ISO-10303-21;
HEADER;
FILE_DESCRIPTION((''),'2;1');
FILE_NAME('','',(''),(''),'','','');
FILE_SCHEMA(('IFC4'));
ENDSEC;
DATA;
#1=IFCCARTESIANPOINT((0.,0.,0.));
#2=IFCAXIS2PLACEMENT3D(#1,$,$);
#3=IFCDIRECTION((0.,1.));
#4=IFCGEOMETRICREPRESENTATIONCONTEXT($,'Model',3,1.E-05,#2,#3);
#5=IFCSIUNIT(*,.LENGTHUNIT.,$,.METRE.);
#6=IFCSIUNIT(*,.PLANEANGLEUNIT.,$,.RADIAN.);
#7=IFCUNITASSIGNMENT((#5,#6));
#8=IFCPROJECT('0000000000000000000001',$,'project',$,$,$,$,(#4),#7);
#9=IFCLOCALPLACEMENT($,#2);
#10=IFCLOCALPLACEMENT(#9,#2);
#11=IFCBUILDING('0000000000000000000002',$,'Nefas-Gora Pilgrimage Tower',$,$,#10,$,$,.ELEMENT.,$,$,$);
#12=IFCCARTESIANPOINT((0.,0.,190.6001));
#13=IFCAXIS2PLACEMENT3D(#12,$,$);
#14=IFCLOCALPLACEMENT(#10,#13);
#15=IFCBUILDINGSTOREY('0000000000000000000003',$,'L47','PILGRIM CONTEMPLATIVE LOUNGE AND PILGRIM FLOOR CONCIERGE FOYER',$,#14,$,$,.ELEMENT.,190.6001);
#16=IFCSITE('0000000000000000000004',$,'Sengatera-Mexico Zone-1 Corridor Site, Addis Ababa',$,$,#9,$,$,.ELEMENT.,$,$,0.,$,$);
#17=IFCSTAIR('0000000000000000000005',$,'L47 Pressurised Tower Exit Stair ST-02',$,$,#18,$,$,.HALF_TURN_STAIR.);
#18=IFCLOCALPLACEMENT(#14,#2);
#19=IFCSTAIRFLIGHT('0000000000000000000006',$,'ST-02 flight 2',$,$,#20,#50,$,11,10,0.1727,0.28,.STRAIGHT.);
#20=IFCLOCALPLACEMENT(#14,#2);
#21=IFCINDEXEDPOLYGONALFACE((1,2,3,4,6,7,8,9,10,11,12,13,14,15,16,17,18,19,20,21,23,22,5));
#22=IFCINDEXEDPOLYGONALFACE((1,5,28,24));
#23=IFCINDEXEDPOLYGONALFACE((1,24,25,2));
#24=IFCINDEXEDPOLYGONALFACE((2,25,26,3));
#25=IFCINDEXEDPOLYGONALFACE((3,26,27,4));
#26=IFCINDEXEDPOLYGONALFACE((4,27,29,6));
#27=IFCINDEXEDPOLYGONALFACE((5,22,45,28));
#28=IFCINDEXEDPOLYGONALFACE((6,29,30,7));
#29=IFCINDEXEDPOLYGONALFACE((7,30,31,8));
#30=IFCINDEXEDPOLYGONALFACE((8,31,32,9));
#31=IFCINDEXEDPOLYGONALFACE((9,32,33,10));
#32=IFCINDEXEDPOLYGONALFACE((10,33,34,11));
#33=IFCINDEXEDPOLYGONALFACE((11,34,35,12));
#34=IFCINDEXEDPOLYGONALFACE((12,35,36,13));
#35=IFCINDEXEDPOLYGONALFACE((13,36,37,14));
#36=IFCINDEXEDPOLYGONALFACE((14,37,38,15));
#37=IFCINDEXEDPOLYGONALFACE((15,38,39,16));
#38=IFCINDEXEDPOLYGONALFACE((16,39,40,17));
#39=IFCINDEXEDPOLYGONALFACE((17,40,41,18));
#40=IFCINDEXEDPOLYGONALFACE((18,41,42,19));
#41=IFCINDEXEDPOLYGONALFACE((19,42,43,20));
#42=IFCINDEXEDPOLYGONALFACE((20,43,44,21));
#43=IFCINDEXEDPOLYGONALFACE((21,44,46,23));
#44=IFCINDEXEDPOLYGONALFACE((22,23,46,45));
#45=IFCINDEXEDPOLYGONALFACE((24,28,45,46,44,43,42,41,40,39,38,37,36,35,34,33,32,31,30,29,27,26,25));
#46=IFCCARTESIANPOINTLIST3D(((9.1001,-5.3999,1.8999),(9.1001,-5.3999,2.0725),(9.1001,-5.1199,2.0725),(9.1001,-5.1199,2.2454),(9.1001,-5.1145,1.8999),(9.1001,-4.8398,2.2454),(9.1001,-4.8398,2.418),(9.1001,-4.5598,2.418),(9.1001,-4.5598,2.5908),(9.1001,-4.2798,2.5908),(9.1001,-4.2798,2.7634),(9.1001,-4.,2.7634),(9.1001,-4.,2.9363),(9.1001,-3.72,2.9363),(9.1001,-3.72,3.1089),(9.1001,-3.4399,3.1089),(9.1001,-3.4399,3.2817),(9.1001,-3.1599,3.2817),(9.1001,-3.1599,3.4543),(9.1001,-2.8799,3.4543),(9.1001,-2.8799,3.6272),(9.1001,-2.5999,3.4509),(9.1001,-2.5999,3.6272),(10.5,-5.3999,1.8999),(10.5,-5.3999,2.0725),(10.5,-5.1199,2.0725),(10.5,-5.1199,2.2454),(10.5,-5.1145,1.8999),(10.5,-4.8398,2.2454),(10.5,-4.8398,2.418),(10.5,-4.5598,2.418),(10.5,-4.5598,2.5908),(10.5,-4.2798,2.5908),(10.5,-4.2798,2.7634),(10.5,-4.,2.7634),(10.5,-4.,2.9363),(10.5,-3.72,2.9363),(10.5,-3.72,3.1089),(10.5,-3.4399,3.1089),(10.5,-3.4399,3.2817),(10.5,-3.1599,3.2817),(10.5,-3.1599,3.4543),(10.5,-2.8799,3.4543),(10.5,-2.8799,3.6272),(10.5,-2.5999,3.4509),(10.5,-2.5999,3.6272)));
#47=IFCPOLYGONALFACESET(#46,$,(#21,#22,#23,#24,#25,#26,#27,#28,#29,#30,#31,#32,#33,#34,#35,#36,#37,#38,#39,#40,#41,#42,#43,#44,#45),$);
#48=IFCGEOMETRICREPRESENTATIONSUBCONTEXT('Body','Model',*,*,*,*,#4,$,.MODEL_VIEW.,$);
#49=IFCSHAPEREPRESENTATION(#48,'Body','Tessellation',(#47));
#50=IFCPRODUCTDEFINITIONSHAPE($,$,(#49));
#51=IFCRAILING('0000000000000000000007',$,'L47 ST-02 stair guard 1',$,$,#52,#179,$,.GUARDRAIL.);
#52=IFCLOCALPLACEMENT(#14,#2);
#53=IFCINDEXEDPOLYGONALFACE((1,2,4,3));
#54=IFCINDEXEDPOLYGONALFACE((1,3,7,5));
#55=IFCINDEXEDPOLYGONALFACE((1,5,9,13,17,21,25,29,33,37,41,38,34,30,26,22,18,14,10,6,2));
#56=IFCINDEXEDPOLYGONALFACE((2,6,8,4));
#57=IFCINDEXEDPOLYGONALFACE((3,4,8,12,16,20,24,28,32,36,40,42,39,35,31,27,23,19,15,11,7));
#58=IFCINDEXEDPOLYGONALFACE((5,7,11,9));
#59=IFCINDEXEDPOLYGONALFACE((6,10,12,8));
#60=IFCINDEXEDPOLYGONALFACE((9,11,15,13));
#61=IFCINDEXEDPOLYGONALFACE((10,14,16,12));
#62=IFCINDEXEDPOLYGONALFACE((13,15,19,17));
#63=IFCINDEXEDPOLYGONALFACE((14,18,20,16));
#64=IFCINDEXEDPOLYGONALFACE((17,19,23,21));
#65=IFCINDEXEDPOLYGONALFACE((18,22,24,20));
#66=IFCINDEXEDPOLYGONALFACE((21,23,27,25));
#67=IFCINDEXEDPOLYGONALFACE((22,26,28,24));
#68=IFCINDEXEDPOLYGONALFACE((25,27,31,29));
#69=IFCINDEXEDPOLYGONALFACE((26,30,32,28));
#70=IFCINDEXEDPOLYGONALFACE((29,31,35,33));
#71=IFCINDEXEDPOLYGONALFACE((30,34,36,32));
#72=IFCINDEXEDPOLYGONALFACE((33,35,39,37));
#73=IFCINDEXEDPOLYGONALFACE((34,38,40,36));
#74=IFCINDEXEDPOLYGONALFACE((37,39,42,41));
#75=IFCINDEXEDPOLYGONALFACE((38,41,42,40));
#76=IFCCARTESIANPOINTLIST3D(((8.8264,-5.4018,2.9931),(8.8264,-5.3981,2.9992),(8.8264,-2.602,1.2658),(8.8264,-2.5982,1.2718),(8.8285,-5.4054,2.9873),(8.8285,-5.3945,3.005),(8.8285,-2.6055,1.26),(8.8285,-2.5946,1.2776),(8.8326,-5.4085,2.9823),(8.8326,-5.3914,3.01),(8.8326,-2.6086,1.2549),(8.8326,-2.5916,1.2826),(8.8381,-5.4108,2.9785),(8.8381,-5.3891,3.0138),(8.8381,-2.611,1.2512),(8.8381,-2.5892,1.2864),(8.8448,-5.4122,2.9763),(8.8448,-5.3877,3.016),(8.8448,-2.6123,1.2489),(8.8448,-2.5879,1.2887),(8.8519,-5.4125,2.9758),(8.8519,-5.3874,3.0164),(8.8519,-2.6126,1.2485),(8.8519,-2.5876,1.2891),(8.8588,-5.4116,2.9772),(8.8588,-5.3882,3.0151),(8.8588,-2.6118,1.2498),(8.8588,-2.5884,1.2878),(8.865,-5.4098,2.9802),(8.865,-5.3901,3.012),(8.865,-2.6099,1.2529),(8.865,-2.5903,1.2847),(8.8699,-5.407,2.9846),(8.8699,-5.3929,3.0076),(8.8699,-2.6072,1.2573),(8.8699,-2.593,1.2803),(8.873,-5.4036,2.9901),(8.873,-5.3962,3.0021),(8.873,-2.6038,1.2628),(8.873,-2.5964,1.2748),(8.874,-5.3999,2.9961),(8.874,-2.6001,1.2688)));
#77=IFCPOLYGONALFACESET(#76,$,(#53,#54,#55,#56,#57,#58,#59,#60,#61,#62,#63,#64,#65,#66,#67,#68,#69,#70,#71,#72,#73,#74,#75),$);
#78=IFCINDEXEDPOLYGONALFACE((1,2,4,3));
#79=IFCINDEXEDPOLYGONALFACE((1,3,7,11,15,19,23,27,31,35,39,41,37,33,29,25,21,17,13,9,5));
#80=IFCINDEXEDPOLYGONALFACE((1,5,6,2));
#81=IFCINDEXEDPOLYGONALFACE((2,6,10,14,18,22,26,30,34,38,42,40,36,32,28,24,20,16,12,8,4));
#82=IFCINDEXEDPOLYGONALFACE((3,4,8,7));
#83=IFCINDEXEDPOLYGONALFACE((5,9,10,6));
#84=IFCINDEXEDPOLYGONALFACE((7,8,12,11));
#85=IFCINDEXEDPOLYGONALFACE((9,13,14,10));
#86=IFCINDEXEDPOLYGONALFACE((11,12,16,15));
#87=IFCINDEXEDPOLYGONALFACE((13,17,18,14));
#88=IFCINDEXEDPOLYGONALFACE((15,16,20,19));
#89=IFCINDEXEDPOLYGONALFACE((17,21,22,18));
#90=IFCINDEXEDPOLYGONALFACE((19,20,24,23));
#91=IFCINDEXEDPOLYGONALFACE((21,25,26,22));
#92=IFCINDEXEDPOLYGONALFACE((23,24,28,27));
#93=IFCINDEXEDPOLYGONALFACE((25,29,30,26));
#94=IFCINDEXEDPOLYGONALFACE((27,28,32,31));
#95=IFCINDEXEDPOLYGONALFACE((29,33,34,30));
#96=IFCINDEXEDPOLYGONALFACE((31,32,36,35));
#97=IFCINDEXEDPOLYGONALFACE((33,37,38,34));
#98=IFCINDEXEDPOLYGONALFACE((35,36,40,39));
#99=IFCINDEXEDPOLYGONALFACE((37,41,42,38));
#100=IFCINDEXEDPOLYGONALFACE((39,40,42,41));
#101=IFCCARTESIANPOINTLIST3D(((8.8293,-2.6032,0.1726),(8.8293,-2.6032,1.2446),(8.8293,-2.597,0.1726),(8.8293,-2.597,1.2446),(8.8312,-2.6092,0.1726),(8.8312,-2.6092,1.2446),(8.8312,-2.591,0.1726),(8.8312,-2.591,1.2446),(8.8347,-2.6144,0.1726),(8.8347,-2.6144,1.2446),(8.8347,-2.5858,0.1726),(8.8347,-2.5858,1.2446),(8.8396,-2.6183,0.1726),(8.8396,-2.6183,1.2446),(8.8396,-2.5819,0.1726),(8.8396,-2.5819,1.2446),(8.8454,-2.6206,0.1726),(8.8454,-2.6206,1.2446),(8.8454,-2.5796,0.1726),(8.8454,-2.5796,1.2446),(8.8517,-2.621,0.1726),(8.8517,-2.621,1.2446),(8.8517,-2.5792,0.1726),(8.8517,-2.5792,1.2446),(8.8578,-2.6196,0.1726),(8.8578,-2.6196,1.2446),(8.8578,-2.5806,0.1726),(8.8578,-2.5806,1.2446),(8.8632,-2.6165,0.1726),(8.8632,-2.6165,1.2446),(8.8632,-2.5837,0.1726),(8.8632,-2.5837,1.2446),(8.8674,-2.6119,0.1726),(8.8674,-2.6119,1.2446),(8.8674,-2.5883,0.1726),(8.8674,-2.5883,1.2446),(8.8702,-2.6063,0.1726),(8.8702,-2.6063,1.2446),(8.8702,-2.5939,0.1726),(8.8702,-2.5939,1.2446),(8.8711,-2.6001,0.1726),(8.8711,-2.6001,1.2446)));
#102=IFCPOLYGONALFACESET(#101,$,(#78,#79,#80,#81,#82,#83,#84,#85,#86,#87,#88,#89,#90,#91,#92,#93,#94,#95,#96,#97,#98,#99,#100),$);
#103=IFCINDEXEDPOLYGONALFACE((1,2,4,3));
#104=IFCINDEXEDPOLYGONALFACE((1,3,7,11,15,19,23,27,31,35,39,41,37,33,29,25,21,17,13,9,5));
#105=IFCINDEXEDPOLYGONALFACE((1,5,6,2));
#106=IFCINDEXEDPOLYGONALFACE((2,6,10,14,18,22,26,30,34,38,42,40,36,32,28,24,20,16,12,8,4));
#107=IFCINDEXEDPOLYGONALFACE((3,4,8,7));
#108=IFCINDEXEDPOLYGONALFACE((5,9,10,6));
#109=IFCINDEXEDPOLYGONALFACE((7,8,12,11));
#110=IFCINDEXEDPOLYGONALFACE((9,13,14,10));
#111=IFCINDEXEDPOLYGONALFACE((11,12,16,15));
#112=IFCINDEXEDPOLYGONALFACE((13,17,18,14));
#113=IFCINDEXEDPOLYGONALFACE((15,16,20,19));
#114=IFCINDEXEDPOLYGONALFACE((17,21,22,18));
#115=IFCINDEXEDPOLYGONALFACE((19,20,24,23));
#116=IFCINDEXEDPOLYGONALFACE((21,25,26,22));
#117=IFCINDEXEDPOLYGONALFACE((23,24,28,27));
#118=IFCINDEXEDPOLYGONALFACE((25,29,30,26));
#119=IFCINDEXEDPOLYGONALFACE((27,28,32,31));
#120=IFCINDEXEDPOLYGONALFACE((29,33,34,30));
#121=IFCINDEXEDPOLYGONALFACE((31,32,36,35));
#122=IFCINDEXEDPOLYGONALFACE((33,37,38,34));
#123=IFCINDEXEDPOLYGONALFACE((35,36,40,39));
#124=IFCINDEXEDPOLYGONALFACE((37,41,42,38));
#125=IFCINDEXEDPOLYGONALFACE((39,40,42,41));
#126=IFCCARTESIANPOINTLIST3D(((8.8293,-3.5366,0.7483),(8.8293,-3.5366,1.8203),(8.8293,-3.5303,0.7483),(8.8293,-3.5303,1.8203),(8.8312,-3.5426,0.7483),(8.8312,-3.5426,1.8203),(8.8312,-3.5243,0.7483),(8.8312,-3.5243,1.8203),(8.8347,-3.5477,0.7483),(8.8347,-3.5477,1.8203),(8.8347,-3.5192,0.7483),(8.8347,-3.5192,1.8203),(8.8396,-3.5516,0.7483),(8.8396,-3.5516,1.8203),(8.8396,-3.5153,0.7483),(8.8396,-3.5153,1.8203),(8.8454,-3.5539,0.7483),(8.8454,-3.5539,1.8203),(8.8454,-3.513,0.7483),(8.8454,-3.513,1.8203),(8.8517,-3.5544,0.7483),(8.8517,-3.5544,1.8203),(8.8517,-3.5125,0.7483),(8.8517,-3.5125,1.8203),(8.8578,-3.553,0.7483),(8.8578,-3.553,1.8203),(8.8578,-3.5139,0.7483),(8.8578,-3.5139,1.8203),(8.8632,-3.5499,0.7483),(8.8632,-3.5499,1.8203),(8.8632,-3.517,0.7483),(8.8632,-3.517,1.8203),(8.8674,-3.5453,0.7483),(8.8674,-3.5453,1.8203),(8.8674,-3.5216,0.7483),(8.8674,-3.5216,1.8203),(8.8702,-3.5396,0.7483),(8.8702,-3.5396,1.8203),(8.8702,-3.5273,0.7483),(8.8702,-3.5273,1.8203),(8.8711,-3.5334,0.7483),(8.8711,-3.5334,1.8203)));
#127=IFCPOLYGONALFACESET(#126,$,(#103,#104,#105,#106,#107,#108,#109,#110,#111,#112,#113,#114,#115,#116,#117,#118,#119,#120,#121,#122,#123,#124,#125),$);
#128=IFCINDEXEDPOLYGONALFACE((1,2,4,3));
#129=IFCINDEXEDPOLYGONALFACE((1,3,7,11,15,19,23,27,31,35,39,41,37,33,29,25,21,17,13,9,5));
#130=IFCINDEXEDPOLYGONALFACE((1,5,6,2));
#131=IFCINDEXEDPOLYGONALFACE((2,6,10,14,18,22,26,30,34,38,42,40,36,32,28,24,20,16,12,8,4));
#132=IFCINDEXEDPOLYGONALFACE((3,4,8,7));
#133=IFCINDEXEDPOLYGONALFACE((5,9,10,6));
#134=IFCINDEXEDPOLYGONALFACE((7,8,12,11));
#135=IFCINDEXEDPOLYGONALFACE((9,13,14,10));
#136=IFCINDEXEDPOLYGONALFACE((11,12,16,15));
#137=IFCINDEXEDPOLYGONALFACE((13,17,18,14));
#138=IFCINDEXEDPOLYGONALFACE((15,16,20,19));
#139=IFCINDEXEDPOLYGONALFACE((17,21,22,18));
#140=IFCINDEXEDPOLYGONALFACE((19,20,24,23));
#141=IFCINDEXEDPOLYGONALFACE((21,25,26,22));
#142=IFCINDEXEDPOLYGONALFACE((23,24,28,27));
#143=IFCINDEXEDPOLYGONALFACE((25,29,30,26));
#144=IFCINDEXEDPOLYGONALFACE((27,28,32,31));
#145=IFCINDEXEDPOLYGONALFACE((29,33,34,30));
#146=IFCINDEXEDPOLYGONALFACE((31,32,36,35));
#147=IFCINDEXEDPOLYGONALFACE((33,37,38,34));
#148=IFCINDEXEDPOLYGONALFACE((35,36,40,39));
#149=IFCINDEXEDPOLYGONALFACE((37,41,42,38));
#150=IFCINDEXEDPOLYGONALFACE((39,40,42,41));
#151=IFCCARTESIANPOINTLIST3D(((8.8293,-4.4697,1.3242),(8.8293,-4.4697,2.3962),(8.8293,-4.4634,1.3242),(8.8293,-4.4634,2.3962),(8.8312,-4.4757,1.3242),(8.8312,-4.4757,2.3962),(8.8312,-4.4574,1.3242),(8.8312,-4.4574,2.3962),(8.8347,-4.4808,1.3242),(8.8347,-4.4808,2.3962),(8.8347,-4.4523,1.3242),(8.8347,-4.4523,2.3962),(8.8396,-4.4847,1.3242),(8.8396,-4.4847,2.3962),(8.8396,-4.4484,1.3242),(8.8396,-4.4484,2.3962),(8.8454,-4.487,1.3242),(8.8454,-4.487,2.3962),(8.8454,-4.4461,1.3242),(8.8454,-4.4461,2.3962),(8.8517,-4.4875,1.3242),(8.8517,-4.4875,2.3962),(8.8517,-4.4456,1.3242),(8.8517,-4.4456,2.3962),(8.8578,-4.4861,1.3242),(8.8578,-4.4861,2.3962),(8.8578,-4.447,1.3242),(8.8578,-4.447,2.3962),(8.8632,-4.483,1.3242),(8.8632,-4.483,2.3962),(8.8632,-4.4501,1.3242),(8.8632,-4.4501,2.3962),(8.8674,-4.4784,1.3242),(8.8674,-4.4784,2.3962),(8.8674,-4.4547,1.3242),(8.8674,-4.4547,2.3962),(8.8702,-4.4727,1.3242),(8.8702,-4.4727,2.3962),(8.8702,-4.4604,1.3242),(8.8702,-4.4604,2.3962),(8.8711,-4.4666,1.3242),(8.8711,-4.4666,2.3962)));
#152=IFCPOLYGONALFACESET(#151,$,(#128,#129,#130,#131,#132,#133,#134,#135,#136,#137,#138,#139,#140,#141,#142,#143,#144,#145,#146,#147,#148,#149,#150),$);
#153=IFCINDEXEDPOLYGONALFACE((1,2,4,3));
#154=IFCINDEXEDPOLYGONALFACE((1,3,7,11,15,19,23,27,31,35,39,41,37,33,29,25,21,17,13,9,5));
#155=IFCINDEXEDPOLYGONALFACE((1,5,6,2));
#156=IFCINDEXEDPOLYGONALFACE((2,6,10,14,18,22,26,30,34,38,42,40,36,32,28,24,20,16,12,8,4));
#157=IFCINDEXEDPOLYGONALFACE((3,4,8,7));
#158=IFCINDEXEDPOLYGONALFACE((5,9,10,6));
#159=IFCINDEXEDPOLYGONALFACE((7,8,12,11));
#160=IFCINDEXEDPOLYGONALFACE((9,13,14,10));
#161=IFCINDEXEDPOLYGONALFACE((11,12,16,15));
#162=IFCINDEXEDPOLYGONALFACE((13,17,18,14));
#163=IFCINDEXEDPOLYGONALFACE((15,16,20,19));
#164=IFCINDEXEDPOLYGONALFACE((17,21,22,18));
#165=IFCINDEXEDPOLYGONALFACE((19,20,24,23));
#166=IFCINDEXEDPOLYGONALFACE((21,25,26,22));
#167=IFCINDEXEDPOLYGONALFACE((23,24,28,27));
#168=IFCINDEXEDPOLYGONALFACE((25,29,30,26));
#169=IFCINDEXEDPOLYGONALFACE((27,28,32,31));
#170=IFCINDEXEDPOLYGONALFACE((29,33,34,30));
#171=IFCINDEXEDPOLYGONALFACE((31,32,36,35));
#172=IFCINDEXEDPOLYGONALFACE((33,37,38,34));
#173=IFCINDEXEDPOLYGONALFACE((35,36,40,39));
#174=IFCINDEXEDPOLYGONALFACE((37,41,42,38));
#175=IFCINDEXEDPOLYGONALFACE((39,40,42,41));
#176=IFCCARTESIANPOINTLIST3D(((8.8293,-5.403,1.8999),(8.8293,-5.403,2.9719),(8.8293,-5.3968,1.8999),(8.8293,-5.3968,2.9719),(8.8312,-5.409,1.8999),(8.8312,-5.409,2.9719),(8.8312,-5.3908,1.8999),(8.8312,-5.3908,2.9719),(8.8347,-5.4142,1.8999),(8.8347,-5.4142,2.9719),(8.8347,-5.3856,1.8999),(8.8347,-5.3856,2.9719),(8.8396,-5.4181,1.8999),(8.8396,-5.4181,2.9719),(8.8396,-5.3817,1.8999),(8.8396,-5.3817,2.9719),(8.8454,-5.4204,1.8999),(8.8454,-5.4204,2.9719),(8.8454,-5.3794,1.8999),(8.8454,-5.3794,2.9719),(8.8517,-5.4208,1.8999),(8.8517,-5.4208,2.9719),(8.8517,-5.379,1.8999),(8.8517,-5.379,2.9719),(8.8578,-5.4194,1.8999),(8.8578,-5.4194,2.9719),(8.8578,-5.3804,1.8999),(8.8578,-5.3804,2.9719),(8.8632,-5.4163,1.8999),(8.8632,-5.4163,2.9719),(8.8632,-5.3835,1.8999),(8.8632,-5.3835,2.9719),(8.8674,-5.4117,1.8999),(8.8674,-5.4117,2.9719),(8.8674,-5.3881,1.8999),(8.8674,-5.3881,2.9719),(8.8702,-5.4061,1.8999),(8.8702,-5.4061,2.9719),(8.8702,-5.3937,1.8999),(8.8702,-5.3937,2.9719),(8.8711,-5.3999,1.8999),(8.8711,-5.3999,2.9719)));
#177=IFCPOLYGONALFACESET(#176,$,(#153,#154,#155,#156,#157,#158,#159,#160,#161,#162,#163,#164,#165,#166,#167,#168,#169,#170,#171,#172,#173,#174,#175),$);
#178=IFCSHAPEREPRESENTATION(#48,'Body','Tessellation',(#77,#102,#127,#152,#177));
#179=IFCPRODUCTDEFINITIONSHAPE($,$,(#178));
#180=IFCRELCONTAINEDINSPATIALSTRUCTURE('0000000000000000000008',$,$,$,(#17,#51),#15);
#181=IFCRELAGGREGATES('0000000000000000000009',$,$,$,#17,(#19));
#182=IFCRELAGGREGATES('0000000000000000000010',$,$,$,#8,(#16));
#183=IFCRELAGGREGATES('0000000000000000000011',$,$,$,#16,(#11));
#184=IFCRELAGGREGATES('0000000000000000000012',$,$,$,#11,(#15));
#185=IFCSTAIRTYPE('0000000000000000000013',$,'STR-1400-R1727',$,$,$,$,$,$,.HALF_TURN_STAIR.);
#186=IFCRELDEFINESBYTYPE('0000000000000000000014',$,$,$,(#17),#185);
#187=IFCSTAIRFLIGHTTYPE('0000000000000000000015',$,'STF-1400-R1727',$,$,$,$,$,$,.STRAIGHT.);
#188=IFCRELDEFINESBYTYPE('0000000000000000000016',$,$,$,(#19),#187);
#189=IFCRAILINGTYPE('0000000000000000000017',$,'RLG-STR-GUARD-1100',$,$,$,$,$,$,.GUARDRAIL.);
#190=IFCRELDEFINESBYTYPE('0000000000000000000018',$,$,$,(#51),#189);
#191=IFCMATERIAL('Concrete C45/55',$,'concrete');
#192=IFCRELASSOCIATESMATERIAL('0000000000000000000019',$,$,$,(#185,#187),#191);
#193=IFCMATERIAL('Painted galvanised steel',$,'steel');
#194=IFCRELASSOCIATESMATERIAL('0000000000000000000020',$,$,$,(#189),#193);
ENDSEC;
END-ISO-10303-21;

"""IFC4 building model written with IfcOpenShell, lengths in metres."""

from ifc_helpers import new_model, si_unit, direction, frame, origin, origin_2d, place, context, subcontext, project, spatial, polyline, circle, outline, extrude, source, transform, mapped, material, type_object, element, aggregate, save


model = new_model("IFC4")

# Units and contexts
model_context = context("Model", 3, precision=1e-05, world=origin(), true_north=direction((0.0, 1.0)))
body_context = subcontext(model_context, "Body", "Model", "MODEL_VIEW")
ifc_project = project(units=[si_unit("LENGTHUNIT", "METRE"), si_unit("PLANEANGLEUNIT", "RADIAN")], contexts=[model_context])

# Site, building, storey
site_placement = place(None, origin())
site = spatial("IfcSite", under=ifc_project, at=site_placement, Name="Sengatera-Mexico Zone-1 Corridor Site, Addis Ababa", CompositionType="ELEMENT", RefElevation=0.0)
building_placement = place(site_placement, origin())
building = spatial("IfcBuilding", under=site, at=building_placement, Name="Nefas-Gora Pilgrimage Tower", CompositionType="ELEMENT")
storey_placement = place(building_placement, frame((0.0, 0.0, 190.6001)))
storey = spatial("IfcBuildingStorey", under=building, at=storey_placement, Name="L47", Description="PILGRIM CONTEMPLATIVE LOUNGE AND PILGRIM FLOOR CONCIERGE FOYER", CompositionType="ELEMENT", Elevation=190.6001)

# Shared definitions
ifc_material_1 = material(Name="Concrete C45/55", Category="concrete")

# Stair, stair flight
stair_type = type_object("IfcStairType", Name="STR-1400-R1727", PredefinedType="HALF_TURN_STAIR", material=ifc_material_1)
stair_placement = place(storey_placement, origin())
stair = element("IfcStair", 1, at=stair_placement, inside=storey, type_object=stair_type, Name="L47 Pressurised Tower Exit Stair ST-02", PredefinedType="HALF_TURN_STAIR")
stair_flight_type = type_object("IfcStairFlightType", Name="STF-1400-R1727", PredefinedType="STRAIGHT", material=ifc_material_1)
shared_shape_1 = source(origin(), body_context, "Body", "SweptSolid", [
    extrude(outline(polyline([(0.0, 0.0), (0.0, 0.1726), (0.28, 0.1726), (0.28, 0.3455), (0.5601, 0.3455), (0.5601, 0.5181), (0.8401, 0.5181), (0.8401, 0.6909), (1.1201, 0.6909), (1.1201, 0.8635), (1.3999, 0.8635), (1.3999, 1.0364), (1.6799, 1.0364), (1.6799, 1.209), (1.96, 1.209), (1.96, 1.3818), (2.24, 1.3818), (2.24, 1.5544), (2.52, 1.5544), (2.52, 1.7273), (2.8, 1.7273), (2.8, 1.8999), (2.8, 1.551), (0.2854, 0.0), (0.0, 0.0)])), frame((0.0, 0.7, 0.0), z_axis=(0.0, -1.0, 0.0), x_axis=(1.0, 0.0, 0.0)), (0.0, 0.0, 1.0), 1.3999),
])
stair_flight_1_placement = place(storey_placement, frame((9.8, -5.3999, 1.8999), z_axis=(0.0, 0.0, 1.0), x_axis=(0.0, 1.0, 0.0)))
stair_flight_1 = element("IfcStairFlight", 2, at=stair_flight_1_placement, type_object=stair_flight_type, Name="ST-02 flight 2", NumberOfRisers=11, NumberOfTreads=10, PredefinedType="STRAIGHT", RiserHeight=0.1727, TreadLength=0.28, context=body_context, shape_type="MappedRepresentation", body=[
    mapped(shared_shape_1, transform((0.0, 0.0, 0.0), x_axis=(1.0, 0.0, 0.0), y_axis=(0.0, 1.0, 0.0), z_axis=(0.0, 0.0, 1.0), scale=1.0)),
])
aggregate(stair, [stair_flight_1])

# Railing
ifc_material_2 = material(Name="Painted galvanised steel", Category="steel")
railing_type_1 = type_object("IfcRailingType", Name="RLG-STR-GUARD-1100", PredefinedType="GUARDRAIL", material=ifc_material_2)
railing_1_placement = place(storey_placement, frame((8.8501, -2.6001, 0.1726)))
element("IfcRailing", 3, at=railing_1_placement, inside=storey, type_object=railing_type_1, Name="L47 ST-02 stair guard 1", PredefinedType="GUARDRAIL", context=body_context, shape_type="SweptSolid", body=[
    extrude(circle(Radius=0.0239, at=origin_2d()), frame((0.0, 0.0, 1.0962), z_axis=(0.0, -0.851069, 0.525054), x_axis=(1.0, 0.0, 0.0)), (0.0, 0.0, 1.0), 3.2898),
    extrude(circle(Radius=0.021, at=origin_2d()), origin(), (0.0, 0.0, 1.0), 1.072),
    extrude(circle(Radius=0.021, at=origin_2d()), frame((0.0, -0.9333, 0.5757)), (0.0, 0.0, 1.0), 1.072),
    extrude(circle(Radius=0.021, at=origin_2d()), frame((0.0, -1.8665, 1.1516)), (0.0, 0.0, 1.0), 1.072),
    extrude(circle(Radius=0.021, at=origin_2d()), frame((0.0, -2.7998, 1.7273)), (0.0, 0.0, 1.0), 1.072),
])

save(model, "model.ifc")
